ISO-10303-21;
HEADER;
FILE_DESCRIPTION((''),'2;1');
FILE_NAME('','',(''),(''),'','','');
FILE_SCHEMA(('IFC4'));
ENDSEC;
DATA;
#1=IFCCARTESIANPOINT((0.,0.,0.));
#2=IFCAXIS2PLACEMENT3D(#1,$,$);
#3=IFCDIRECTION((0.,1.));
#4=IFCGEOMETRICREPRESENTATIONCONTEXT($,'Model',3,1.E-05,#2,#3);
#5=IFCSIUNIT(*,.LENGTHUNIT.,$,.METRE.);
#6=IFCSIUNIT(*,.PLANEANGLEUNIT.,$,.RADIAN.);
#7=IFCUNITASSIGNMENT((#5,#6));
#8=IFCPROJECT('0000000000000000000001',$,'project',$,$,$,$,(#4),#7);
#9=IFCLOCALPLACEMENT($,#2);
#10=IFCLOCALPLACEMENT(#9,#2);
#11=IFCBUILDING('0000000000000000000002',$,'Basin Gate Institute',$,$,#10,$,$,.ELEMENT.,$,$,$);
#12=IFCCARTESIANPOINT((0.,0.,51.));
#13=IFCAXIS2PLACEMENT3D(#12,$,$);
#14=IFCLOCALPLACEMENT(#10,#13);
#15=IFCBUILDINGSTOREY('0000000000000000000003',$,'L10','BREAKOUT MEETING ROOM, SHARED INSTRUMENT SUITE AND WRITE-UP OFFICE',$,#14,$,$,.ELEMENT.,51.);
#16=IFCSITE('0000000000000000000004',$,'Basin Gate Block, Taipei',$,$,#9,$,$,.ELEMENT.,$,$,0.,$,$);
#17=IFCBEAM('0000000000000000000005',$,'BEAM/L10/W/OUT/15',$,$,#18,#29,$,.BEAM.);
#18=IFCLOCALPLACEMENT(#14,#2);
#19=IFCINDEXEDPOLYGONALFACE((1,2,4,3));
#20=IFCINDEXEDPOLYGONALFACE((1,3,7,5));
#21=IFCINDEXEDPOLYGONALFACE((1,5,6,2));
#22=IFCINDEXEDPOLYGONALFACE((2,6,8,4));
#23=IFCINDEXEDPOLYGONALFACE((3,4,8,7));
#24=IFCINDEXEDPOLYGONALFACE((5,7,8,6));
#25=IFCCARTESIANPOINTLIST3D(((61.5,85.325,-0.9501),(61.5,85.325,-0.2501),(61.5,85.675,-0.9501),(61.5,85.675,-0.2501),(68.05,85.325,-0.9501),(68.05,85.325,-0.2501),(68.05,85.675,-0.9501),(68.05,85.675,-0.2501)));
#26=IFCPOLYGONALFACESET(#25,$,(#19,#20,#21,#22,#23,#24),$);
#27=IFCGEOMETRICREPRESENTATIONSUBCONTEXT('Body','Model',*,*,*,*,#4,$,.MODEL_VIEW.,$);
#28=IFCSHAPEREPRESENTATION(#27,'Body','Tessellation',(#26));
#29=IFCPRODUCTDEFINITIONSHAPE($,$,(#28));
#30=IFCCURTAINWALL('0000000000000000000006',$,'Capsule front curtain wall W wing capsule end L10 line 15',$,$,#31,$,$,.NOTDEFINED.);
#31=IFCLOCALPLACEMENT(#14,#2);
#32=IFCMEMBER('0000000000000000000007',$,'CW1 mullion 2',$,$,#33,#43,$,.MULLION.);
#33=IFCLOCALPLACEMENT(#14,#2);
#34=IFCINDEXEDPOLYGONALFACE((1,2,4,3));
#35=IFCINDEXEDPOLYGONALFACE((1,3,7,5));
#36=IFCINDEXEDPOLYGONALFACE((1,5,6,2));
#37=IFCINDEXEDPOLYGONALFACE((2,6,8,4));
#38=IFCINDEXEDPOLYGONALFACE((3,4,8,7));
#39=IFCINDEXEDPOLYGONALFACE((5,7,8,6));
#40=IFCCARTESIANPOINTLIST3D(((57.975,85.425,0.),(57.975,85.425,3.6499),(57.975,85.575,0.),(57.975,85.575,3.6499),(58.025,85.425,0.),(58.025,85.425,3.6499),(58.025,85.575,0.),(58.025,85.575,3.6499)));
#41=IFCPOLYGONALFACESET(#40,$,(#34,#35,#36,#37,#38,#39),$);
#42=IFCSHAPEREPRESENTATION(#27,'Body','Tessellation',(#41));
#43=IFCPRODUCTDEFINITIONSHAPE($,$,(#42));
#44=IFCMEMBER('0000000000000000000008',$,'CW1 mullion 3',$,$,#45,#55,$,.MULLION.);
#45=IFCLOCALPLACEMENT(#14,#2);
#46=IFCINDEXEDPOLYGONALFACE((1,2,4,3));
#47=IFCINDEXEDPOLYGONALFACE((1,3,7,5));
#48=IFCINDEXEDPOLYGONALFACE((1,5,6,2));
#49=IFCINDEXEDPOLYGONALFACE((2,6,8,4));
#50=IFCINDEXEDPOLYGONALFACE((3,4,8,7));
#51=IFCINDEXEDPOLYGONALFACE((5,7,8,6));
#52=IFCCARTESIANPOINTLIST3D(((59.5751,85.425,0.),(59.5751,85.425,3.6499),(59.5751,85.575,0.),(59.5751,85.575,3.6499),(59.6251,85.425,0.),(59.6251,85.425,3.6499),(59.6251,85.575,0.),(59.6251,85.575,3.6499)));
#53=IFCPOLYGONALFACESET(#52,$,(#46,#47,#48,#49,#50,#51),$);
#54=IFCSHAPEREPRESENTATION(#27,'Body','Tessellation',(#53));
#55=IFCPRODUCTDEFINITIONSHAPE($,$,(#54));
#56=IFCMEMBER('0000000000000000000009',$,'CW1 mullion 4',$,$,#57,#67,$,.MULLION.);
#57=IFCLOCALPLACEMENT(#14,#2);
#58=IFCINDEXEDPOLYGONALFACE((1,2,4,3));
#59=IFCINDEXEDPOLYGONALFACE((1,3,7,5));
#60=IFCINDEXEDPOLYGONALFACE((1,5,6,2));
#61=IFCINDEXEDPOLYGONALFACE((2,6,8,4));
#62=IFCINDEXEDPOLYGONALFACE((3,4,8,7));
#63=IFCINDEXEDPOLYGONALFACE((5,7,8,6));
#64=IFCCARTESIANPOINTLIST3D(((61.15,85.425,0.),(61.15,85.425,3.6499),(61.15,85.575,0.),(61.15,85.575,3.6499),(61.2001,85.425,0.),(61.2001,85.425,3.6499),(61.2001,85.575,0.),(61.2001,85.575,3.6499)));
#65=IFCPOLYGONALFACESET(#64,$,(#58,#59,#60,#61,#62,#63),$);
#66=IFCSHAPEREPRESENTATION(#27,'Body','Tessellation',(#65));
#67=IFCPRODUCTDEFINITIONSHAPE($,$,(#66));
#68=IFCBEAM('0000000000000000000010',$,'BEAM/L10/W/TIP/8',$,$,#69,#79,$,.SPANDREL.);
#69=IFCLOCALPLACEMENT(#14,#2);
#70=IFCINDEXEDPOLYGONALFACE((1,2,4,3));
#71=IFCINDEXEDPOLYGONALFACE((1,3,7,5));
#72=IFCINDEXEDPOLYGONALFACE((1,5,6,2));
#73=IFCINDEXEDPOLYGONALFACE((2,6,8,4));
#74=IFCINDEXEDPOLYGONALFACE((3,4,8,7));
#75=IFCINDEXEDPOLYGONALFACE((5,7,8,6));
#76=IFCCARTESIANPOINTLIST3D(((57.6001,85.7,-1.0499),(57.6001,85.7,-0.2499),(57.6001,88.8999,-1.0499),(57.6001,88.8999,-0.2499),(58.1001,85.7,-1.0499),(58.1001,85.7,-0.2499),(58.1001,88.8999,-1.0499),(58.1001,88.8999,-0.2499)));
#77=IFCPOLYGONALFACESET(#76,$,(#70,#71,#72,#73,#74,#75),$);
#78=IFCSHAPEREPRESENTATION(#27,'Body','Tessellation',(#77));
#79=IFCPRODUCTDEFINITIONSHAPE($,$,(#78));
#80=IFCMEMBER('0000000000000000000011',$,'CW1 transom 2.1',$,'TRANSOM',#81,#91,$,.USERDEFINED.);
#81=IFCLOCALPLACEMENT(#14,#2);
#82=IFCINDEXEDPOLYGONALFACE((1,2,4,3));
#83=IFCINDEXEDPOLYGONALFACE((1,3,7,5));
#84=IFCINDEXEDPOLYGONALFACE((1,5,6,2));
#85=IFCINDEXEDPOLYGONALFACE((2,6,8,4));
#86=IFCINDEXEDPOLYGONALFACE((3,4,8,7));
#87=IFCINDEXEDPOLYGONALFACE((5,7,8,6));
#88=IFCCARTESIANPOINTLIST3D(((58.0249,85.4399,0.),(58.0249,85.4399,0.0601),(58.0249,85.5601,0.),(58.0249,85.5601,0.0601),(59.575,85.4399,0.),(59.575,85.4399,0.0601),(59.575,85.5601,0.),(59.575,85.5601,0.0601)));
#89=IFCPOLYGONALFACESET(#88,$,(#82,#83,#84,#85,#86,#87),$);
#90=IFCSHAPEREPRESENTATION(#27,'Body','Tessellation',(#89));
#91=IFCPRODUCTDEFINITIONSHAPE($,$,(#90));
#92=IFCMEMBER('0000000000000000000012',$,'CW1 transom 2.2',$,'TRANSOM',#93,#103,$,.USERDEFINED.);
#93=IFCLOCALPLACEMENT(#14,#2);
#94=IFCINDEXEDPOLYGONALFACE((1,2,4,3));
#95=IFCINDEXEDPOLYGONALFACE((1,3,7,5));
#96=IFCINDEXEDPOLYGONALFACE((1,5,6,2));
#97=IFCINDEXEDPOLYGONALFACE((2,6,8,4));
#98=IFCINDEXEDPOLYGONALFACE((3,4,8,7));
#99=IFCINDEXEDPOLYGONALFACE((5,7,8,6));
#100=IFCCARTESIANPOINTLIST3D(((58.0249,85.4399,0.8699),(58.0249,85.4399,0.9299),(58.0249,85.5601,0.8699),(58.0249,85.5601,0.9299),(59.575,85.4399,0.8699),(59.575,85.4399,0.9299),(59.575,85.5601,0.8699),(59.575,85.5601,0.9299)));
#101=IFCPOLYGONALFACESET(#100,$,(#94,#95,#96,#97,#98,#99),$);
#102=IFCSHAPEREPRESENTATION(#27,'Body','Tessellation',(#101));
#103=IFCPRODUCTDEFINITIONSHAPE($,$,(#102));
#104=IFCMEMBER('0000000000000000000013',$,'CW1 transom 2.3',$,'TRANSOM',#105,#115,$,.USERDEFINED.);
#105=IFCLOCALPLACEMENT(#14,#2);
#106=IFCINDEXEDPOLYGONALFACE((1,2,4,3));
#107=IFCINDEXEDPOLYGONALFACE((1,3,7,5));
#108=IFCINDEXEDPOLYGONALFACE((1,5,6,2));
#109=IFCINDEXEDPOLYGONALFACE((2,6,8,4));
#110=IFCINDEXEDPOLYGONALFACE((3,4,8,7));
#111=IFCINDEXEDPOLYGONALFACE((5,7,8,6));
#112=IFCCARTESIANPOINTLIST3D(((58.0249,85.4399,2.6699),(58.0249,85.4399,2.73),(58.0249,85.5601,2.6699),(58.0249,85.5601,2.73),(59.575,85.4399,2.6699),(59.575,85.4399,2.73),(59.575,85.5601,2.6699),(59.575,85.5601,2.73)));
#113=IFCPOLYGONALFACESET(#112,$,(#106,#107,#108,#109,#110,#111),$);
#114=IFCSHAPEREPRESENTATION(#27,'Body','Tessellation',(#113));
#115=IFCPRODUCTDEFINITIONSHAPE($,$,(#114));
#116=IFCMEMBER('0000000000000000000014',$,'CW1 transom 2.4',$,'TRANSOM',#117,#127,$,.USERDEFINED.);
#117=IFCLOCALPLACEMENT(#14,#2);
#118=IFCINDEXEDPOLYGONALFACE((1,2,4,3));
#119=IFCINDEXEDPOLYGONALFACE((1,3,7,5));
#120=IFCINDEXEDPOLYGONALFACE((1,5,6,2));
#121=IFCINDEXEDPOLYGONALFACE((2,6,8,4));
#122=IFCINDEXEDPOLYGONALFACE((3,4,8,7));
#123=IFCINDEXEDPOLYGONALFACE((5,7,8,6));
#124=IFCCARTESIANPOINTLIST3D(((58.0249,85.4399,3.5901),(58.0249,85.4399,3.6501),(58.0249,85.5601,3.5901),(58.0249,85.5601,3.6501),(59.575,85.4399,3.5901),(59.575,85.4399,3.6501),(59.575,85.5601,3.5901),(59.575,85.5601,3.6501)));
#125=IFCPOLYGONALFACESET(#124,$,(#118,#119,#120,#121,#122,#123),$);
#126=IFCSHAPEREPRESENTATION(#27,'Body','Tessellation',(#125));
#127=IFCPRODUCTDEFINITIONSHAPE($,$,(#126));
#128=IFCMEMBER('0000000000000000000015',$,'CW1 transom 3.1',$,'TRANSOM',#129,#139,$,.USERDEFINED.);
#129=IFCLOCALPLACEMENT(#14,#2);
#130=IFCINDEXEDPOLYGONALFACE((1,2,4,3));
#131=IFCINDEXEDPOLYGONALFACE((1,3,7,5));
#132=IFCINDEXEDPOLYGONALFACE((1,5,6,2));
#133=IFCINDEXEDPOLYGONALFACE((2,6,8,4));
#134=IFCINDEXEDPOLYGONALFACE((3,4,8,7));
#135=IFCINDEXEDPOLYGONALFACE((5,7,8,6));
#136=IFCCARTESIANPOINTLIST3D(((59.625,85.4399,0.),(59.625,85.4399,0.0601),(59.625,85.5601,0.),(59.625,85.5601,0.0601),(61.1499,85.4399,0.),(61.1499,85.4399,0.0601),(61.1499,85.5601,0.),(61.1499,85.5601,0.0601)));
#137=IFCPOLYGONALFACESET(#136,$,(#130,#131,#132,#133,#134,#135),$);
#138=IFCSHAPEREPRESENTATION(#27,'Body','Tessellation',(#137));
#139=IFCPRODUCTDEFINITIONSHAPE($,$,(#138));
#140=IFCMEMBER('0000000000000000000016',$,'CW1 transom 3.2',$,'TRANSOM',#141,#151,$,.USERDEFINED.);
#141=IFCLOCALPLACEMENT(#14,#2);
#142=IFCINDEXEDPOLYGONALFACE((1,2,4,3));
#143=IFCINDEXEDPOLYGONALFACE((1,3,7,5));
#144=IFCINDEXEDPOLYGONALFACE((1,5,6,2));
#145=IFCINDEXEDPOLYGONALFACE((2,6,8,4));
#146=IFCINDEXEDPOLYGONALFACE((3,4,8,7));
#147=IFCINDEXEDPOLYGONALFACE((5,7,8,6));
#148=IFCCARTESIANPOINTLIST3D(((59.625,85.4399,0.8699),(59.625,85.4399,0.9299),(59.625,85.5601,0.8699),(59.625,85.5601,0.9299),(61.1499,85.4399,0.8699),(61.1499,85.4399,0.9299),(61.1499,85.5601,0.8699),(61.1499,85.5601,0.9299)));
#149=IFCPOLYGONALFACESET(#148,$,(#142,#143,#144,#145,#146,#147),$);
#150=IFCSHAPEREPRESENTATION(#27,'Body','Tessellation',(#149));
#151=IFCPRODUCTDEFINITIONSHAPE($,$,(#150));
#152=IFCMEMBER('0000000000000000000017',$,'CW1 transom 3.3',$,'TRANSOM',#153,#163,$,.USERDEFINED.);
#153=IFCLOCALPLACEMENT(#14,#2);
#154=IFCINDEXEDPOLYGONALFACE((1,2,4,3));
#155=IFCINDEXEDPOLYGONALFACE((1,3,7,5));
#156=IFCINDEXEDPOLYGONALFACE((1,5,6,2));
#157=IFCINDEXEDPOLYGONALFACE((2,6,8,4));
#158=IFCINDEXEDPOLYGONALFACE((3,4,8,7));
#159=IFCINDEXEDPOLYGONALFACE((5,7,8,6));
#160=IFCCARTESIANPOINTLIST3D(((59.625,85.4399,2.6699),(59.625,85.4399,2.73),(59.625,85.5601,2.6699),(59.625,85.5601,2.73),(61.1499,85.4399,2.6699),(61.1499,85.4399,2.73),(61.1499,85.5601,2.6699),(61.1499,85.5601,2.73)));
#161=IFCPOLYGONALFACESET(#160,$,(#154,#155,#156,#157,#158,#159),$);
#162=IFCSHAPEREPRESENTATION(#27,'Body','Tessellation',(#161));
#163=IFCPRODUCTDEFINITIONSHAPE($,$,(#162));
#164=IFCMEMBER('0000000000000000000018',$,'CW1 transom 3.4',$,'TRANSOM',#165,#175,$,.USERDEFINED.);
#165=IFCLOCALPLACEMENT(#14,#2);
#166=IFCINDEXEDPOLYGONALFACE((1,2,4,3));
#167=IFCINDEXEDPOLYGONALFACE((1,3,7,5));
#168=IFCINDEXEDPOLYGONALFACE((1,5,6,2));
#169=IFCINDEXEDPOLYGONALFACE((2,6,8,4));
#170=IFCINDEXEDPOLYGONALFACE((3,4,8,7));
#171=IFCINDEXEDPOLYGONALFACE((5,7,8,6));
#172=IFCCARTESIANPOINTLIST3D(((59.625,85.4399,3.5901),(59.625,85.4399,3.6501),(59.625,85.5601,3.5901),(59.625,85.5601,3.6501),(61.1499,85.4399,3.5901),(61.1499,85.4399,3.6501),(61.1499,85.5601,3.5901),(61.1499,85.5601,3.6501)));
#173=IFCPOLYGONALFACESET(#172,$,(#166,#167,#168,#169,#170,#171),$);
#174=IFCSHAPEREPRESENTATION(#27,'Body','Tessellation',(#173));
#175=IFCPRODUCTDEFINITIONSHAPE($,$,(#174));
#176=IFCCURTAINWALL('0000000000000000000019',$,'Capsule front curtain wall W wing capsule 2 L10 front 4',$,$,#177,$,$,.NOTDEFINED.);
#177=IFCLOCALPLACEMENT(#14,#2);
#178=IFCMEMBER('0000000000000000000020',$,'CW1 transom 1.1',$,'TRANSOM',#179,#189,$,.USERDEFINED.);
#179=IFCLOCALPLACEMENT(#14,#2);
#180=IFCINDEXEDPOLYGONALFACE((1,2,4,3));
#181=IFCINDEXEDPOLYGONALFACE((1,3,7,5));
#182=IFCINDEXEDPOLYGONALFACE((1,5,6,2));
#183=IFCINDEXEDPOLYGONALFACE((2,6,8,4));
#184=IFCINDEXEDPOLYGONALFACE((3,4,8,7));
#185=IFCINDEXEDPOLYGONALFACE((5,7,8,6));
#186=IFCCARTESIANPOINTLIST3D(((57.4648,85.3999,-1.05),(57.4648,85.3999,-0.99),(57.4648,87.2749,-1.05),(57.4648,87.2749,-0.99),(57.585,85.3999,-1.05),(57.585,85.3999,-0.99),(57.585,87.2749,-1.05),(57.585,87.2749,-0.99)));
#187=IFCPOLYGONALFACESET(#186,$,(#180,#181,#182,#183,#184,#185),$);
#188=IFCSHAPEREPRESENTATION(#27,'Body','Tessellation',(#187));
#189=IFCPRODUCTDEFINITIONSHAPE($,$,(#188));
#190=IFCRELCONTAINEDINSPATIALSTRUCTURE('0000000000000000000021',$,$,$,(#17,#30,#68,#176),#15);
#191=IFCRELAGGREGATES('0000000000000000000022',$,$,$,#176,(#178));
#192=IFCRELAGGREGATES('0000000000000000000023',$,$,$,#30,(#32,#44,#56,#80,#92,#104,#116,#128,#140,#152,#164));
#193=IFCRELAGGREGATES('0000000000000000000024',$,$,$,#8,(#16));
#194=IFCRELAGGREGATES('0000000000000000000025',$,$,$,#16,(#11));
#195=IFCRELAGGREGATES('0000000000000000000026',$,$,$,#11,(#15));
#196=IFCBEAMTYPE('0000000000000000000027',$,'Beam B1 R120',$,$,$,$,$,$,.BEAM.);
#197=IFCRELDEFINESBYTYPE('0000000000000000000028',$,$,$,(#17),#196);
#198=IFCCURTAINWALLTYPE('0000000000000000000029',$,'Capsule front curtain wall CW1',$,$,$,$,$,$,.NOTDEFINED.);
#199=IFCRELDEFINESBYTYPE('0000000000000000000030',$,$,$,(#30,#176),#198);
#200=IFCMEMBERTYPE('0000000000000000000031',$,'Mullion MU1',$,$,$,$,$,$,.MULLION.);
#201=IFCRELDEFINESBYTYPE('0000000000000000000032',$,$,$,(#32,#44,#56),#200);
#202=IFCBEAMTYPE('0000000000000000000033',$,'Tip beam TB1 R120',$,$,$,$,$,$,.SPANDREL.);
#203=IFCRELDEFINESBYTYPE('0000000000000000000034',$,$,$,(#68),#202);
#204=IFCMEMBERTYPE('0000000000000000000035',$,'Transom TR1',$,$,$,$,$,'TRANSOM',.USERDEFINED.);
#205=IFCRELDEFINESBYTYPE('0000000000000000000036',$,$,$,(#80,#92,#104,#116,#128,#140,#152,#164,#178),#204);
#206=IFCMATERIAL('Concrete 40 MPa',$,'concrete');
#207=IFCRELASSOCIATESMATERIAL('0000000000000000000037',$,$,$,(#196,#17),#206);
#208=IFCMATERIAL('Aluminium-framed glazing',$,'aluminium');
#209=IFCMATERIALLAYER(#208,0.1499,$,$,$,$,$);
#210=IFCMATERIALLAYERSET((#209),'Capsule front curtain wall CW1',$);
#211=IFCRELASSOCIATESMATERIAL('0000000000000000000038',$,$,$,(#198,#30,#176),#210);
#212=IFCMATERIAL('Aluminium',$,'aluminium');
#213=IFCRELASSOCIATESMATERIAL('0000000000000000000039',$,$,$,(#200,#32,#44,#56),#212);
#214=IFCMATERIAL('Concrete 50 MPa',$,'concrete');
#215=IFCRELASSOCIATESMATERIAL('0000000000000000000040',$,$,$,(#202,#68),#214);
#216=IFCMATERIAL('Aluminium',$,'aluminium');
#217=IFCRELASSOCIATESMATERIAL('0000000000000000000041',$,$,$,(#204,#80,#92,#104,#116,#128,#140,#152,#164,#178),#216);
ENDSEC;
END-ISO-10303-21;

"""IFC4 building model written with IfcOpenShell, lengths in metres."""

from ifc_helpers import new_model, si_unit, direction, frame, origin, origin_2d, place, context, subcontext, project, spatial, rectangle, extrude, material, layer, layer_set, material_profile, profile_set, type_object, element, aggregate, save


model = new_model("IFC4")

# Units and contexts
model_context = context("Model", 3, precision=1e-05, world=origin(), true_north=direction((0.0, 1.0)))
body_context = subcontext(model_context, "Body", "Model", "MODEL_VIEW")
ifc_project = project(units=[si_unit("LENGTHUNIT", "METRE"), si_unit("PLANEANGLEUNIT", "RADIAN")], contexts=[model_context])

# Site, building, storey
site_placement = place(None, origin())
site = spatial("IfcSite", under=ifc_project, at=site_placement, Name="Basin Gate Block, Taipei", CompositionType="ELEMENT", RefElevation=0.0)
building_placement = place(site_placement, origin())
building = spatial("IfcBuilding", under=site, at=building_placement, Name="Basin Gate Institute", CompositionType="ELEMENT")
storey_placement = place(building_placement, frame((0.0, 0.0, 51.0)))
storey = spatial("IfcBuildingStorey", under=building, at=storey_placement, Name="L10", Description="BREAKOUT MEETING ROOM, SHARED INSTRUMENT SUITE AND WRITE-UP OFFICE", CompositionType="ELEMENT", Elevation=51.0)

# Beam
ifc_material_1 = material(Name="Concrete 40 MPa", Category="concrete")
ifc_material_profile_1 = material_profile(ifc_material_1, rectangle(XDim=0.3501, YDim=0.7, at=origin_2d()), Name="Beam B1 350 x 700")
ifc_profile_set_1 = profile_set([ifc_material_profile_1], Name="Concrete 40 MPa")
beam_type_1 = type_object("IfcBeamType", Name="Beam B1 R120", PredefinedType="BEAM", material=ifc_profile_set_1)
beam_1_placement = place(storey_placement, frame((61.5, 85.5, -0.6001), z_axis=(1.0, 0.0, 0.0), x_axis=(0.0, 1.0, 0.0)))
element("IfcBeam", 1, at=beam_1_placement, inside=storey, type_object=beam_type_1, material=ifc_profile_set_1, Name="BEAM/L10/W/OUT/15", PredefinedType="BEAM", context=body_context, shape_type="SweptSolid", body=[
    extrude(rectangle(XDim=0.3501, YDim=0.7, at=origin_2d()), origin(), (0.0, 0.0, 1.0), 6.55),
])

# Curtain wall, members
ifc_material_2 = material(Name="Aluminium-framed glazing", Category="aluminium")
ifc_layer_1 = layer(ifc_material_2, 0.1499)
ifc_layer_set_1 = layer_set([ifc_layer_1], Name="Capsule front curtain wall CW1")
curtain_wall_type = type_object("IfcCurtainWallType", Name="Capsule front curtain wall CW1", PredefinedType="NOTDEFINED", material=ifc_layer_set_1)
curtain_wall_1_placement = place(storey_placement, origin())
curtain_wall_1 = element("IfcCurtainWall", 2, at=curtain_wall_1_placement, inside=storey, type_object=curtain_wall_type, material=ifc_layer_set_1, Name="Capsule front curtain wall W wing capsule end L10 line 15", PredefinedType="NOTDEFINED")
ifc_material_3 = material(Name="Aluminium", Category="aluminium")
ifc_material_profile_2 = material_profile(ifc_material_3, rectangle(XDim=0.1499, YDim=0.05, at=origin_2d()), Name="Mullion MU1 150 x 50")
ifc_profile_set_2 = profile_set([ifc_material_profile_2], Name="Aluminium")
member_type_1 = type_object("IfcMemberType", Name="Mullion MU1", PredefinedType="MULLION", material=ifc_profile_set_2)
member_1_placement = place(storey_placement, frame((58.0, 85.5, 0.0), z_axis=(0.0, 0.0, 1.0), x_axis=(0.0, 1.0, 0.0)))
member_1 = element("IfcMember", 3, at=member_1_placement, type_object=member_type_1, material=ifc_profile_set_2, Name="CW1 mullion 2", PredefinedType="MULLION", context=body_context, shape_type="SweptSolid", body=[
    extrude(rectangle(XDim=0.1499, YDim=0.05, at=origin_2d()), origin(), (0.0, 0.0, 1.0), 3.6499),
])
member_2_placement = place(storey_placement, frame((59.6001, 85.5, 0.0), z_axis=(0.0, 0.0, 1.0), x_axis=(0.0, 1.0, 0.0)))
member_2 = element("IfcMember", 4, at=member_2_placement, type_object=member_type_1, material=ifc_profile_set_2, Name="CW1 mullion 3", PredefinedType="MULLION", context=body_context, shape_type="SweptSolid", body=[
    extrude(rectangle(XDim=0.1499, YDim=0.05, at=origin_2d()), origin(), (0.0, 0.0, 1.0), 3.6499),
])
member_3_placement = place(storey_placement, frame((61.175, 85.5, 0.0), z_axis=(0.0, 0.0, 1.0), x_axis=(0.0, 1.0, 0.0)))
member_3 = element("IfcMember", 5, at=member_3_placement, type_object=member_type_1, material=ifc_profile_set_2, Name="CW1 mullion 4", PredefinedType="MULLION", context=body_context, shape_type="SweptSolid", body=[
    extrude(rectangle(XDim=0.1499, YDim=0.05, at=origin_2d()), origin(), (0.0, 0.0, 1.0), 3.6499),
])

# Beam
ifc_material_4 = material(Name="Concrete 50 MPa", Category="concrete")
ifc_material_profile_3 = material_profile(ifc_material_4, rectangle(XDim=0.5, YDim=0.8, at=origin_2d()), Name="Tip beam TB1 500 x 800")
ifc_profile_set_3 = profile_set([ifc_material_profile_3], Name="Concrete 50 MPa")
beam_type_2 = type_object("IfcBeamType", Name="Tip beam TB1 R120", PredefinedType="SPANDREL", material=ifc_profile_set_3)
beam_2_placement = place(storey_placement, frame((57.8501, 85.7, -0.6499), z_axis=(0.0, 1.0, 0.0), x_axis=(-1.0, 0.0, 0.0)))
element("IfcBeam", 6, at=beam_2_placement, inside=storey, type_object=beam_type_2, material=ifc_profile_set_3, Name="BEAM/L10/W/TIP/8", PredefinedType="SPANDREL", context=body_context, shape_type="SweptSolid", body=[
    extrude(rectangle(XDim=0.5, YDim=0.8, at=origin_2d()), origin(), (0.0, 0.0, 1.0), 3.2),
])

# Members
ifc_material_5 = material(Name="Aluminium", Category="aluminium")
ifc_material_profile_4 = material_profile(ifc_material_5, rectangle(XDim=0.1201, YDim=0.0601, at=origin_2d()), Name="Transom TR1 120 x 60")
ifc_profile_set_4 = profile_set([ifc_material_profile_4], Name="Aluminium")
member_type_2 = type_object("IfcMemberType", Name="Transom TR1", ElementType="TRANSOM", PredefinedType="USERDEFINED", material=ifc_profile_set_4)
member_4_placement = place(storey_placement, frame((58.0249, 85.5, 0.03), z_axis=(1.0, 0.0, 0.0), x_axis=(0.0, 1.0, 0.0)))
member_4 = element("IfcMember", 7, at=member_4_placement, type_object=member_type_2, material=ifc_profile_set_4, Name="CW1 transom 2.1", ObjectType="TRANSOM", PredefinedType="USERDEFINED", context=body_context, shape_type="SweptSolid", body=[
    extrude(rectangle(XDim=0.1201, YDim=0.0601, at=origin_2d()), origin(), (0.0, 0.0, 1.0), 1.55),
])
member_5_placement = place(storey_placement, frame((58.0249, 85.5, 0.8999), z_axis=(1.0, 0.0, 0.0), x_axis=(0.0, 1.0, 0.0)))
member_5 = element("IfcMember", 8, at=member_5_placement, type_object=member_type_2, material=ifc_profile_set_4, Name="CW1 transom 2.2", ObjectType="TRANSOM", PredefinedType="USERDEFINED", context=body_context, shape_type="SweptSolid", body=[
    extrude(rectangle(XDim=0.1201, YDim=0.0601, at=origin_2d()), origin(), (0.0, 0.0, 1.0), 1.55),
])
member_6_placement = place(storey_placement, frame((58.0249, 85.5, 2.7), z_axis=(1.0, 0.0, 0.0), x_axis=(0.0, 1.0, 0.0)))
member_6 = element("IfcMember", 9, at=member_6_placement, type_object=member_type_2, material=ifc_profile_set_4, Name="CW1 transom 2.3", ObjectType="TRANSOM", PredefinedType="USERDEFINED", context=body_context, shape_type="SweptSolid", body=[
    extrude(rectangle(XDim=0.1201, YDim=0.0601, at=origin_2d()), origin(), (0.0, 0.0, 1.0), 1.55),
])
member_7_placement = place(storey_placement, frame((58.0249, 85.5, 3.6201), z_axis=(1.0, 0.0, 0.0), x_axis=(0.0, 1.0, 0.0)))
member_7 = element("IfcMember", 10, at=member_7_placement, type_object=member_type_2, material=ifc_profile_set_4, Name="CW1 transom 2.4", ObjectType="TRANSOM", PredefinedType="USERDEFINED", context=body_context, shape_type="SweptSolid", body=[
    extrude(rectangle(XDim=0.1201, YDim=0.0601, at=origin_2d()), origin(), (0.0, 0.0, 1.0), 1.55),
])
member_8_placement = place(storey_placement, frame((59.625, 85.5, 0.03), z_axis=(1.0, 0.0, 0.0), x_axis=(0.0, 1.0, 0.0)))
member_8 = element("IfcMember", 11, at=member_8_placement, type_object=member_type_2, material=ifc_profile_set_4, Name="CW1 transom 3.1", ObjectType="TRANSOM", PredefinedType="USERDEFINED", context=body_context, shape_type="SweptSolid", body=[
    extrude(rectangle(XDim=0.1201, YDim=0.0601, at=origin_2d()), origin(), (0.0, 0.0, 1.0), 1.5249),
])
member_9_placement = place(storey_placement, frame((59.625, 85.5, 0.8999), z_axis=(1.0, 0.0, 0.0), x_axis=(0.0, 1.0, 0.0)))
member_9 = element("IfcMember", 12, at=member_9_placement, type_object=member_type_2, material=ifc_profile_set_4, Name="CW1 transom 3.2", ObjectType="TRANSOM", PredefinedType="USERDEFINED", context=body_context, shape_type="SweptSolid", body=[
    extrude(rectangle(XDim=0.1201, YDim=0.0601, at=origin_2d()), origin(), (0.0, 0.0, 1.0), 1.5249),
])
member_10_placement = place(storey_placement, frame((59.625, 85.5, 2.7), z_axis=(1.0, 0.0, 0.0), x_axis=(0.0, 1.0, 0.0)))
member_10 = element("IfcMember", 13, at=member_10_placement, type_object=member_type_2, material=ifc_profile_set_4, Name="CW1 transom 3.3", ObjectType="TRANSOM", PredefinedType="USERDEFINED", context=body_context, shape_type="SweptSolid", body=[
    extrude(rectangle(XDim=0.1201, YDim=0.0601, at=origin_2d()), origin(), (0.0, 0.0, 1.0), 1.5249),
])
member_11_placement = place(storey_placement, frame((59.625, 85.5, 3.6201), z_axis=(1.0, 0.0, 0.0), x_axis=(0.0, 1.0, 0.0)))
member_11 = element("IfcMember", 14, at=member_11_placement, type_object=member_type_2, material=ifc_profile_set_4, Name="CW1 transom 3.4", ObjectType="TRANSOM", PredefinedType="USERDEFINED", context=body_context, shape_type="SweptSolid", body=[
    extrude(rectangle(XDim=0.1201, YDim=0.0601, at=origin_2d()), origin(), (0.0, 0.0, 1.0), 1.5249),
])

# Curtain wall, member
curtain_wall_2_placement = place(storey_placement, origin())
curtain_wall_2 = element("IfcCurtainWall", 15, at=curtain_wall_2_placement, inside=storey, type_object=curtain_wall_type, material=ifc_layer_set_1, Name="Capsule front curtain wall W wing capsule 2 L10 front 4", PredefinedType="NOTDEFINED")
member_12_placement = place(storey_placement, frame((57.5249, 85.3999, -1.02), z_axis=(0.0, 1.0, 0.0), x_axis=(-1.0, 0.0, 0.0)))
member_12 = element("IfcMember", 16, at=member_12_placement, type_object=member_type_2, material=ifc_profile_set_4, Name="CW1 transom 1.1", ObjectType="TRANSOM", PredefinedType="USERDEFINED", context=body_context, shape_type="SweptSolid", body=[
    extrude(rectangle(XDim=0.1201, YDim=0.0601, at=origin_2d()), origin(), (0.0, 0.0, 1.0), 1.875),
])

aggregate(curtain_wall_2, [member_12])
aggregate(curtain_wall_1, [member_1, member_2, member_3, member_4, member_5, member_6, member_7, member_8, member_9, member_10, member_11])

save(model, "model.ifc")
